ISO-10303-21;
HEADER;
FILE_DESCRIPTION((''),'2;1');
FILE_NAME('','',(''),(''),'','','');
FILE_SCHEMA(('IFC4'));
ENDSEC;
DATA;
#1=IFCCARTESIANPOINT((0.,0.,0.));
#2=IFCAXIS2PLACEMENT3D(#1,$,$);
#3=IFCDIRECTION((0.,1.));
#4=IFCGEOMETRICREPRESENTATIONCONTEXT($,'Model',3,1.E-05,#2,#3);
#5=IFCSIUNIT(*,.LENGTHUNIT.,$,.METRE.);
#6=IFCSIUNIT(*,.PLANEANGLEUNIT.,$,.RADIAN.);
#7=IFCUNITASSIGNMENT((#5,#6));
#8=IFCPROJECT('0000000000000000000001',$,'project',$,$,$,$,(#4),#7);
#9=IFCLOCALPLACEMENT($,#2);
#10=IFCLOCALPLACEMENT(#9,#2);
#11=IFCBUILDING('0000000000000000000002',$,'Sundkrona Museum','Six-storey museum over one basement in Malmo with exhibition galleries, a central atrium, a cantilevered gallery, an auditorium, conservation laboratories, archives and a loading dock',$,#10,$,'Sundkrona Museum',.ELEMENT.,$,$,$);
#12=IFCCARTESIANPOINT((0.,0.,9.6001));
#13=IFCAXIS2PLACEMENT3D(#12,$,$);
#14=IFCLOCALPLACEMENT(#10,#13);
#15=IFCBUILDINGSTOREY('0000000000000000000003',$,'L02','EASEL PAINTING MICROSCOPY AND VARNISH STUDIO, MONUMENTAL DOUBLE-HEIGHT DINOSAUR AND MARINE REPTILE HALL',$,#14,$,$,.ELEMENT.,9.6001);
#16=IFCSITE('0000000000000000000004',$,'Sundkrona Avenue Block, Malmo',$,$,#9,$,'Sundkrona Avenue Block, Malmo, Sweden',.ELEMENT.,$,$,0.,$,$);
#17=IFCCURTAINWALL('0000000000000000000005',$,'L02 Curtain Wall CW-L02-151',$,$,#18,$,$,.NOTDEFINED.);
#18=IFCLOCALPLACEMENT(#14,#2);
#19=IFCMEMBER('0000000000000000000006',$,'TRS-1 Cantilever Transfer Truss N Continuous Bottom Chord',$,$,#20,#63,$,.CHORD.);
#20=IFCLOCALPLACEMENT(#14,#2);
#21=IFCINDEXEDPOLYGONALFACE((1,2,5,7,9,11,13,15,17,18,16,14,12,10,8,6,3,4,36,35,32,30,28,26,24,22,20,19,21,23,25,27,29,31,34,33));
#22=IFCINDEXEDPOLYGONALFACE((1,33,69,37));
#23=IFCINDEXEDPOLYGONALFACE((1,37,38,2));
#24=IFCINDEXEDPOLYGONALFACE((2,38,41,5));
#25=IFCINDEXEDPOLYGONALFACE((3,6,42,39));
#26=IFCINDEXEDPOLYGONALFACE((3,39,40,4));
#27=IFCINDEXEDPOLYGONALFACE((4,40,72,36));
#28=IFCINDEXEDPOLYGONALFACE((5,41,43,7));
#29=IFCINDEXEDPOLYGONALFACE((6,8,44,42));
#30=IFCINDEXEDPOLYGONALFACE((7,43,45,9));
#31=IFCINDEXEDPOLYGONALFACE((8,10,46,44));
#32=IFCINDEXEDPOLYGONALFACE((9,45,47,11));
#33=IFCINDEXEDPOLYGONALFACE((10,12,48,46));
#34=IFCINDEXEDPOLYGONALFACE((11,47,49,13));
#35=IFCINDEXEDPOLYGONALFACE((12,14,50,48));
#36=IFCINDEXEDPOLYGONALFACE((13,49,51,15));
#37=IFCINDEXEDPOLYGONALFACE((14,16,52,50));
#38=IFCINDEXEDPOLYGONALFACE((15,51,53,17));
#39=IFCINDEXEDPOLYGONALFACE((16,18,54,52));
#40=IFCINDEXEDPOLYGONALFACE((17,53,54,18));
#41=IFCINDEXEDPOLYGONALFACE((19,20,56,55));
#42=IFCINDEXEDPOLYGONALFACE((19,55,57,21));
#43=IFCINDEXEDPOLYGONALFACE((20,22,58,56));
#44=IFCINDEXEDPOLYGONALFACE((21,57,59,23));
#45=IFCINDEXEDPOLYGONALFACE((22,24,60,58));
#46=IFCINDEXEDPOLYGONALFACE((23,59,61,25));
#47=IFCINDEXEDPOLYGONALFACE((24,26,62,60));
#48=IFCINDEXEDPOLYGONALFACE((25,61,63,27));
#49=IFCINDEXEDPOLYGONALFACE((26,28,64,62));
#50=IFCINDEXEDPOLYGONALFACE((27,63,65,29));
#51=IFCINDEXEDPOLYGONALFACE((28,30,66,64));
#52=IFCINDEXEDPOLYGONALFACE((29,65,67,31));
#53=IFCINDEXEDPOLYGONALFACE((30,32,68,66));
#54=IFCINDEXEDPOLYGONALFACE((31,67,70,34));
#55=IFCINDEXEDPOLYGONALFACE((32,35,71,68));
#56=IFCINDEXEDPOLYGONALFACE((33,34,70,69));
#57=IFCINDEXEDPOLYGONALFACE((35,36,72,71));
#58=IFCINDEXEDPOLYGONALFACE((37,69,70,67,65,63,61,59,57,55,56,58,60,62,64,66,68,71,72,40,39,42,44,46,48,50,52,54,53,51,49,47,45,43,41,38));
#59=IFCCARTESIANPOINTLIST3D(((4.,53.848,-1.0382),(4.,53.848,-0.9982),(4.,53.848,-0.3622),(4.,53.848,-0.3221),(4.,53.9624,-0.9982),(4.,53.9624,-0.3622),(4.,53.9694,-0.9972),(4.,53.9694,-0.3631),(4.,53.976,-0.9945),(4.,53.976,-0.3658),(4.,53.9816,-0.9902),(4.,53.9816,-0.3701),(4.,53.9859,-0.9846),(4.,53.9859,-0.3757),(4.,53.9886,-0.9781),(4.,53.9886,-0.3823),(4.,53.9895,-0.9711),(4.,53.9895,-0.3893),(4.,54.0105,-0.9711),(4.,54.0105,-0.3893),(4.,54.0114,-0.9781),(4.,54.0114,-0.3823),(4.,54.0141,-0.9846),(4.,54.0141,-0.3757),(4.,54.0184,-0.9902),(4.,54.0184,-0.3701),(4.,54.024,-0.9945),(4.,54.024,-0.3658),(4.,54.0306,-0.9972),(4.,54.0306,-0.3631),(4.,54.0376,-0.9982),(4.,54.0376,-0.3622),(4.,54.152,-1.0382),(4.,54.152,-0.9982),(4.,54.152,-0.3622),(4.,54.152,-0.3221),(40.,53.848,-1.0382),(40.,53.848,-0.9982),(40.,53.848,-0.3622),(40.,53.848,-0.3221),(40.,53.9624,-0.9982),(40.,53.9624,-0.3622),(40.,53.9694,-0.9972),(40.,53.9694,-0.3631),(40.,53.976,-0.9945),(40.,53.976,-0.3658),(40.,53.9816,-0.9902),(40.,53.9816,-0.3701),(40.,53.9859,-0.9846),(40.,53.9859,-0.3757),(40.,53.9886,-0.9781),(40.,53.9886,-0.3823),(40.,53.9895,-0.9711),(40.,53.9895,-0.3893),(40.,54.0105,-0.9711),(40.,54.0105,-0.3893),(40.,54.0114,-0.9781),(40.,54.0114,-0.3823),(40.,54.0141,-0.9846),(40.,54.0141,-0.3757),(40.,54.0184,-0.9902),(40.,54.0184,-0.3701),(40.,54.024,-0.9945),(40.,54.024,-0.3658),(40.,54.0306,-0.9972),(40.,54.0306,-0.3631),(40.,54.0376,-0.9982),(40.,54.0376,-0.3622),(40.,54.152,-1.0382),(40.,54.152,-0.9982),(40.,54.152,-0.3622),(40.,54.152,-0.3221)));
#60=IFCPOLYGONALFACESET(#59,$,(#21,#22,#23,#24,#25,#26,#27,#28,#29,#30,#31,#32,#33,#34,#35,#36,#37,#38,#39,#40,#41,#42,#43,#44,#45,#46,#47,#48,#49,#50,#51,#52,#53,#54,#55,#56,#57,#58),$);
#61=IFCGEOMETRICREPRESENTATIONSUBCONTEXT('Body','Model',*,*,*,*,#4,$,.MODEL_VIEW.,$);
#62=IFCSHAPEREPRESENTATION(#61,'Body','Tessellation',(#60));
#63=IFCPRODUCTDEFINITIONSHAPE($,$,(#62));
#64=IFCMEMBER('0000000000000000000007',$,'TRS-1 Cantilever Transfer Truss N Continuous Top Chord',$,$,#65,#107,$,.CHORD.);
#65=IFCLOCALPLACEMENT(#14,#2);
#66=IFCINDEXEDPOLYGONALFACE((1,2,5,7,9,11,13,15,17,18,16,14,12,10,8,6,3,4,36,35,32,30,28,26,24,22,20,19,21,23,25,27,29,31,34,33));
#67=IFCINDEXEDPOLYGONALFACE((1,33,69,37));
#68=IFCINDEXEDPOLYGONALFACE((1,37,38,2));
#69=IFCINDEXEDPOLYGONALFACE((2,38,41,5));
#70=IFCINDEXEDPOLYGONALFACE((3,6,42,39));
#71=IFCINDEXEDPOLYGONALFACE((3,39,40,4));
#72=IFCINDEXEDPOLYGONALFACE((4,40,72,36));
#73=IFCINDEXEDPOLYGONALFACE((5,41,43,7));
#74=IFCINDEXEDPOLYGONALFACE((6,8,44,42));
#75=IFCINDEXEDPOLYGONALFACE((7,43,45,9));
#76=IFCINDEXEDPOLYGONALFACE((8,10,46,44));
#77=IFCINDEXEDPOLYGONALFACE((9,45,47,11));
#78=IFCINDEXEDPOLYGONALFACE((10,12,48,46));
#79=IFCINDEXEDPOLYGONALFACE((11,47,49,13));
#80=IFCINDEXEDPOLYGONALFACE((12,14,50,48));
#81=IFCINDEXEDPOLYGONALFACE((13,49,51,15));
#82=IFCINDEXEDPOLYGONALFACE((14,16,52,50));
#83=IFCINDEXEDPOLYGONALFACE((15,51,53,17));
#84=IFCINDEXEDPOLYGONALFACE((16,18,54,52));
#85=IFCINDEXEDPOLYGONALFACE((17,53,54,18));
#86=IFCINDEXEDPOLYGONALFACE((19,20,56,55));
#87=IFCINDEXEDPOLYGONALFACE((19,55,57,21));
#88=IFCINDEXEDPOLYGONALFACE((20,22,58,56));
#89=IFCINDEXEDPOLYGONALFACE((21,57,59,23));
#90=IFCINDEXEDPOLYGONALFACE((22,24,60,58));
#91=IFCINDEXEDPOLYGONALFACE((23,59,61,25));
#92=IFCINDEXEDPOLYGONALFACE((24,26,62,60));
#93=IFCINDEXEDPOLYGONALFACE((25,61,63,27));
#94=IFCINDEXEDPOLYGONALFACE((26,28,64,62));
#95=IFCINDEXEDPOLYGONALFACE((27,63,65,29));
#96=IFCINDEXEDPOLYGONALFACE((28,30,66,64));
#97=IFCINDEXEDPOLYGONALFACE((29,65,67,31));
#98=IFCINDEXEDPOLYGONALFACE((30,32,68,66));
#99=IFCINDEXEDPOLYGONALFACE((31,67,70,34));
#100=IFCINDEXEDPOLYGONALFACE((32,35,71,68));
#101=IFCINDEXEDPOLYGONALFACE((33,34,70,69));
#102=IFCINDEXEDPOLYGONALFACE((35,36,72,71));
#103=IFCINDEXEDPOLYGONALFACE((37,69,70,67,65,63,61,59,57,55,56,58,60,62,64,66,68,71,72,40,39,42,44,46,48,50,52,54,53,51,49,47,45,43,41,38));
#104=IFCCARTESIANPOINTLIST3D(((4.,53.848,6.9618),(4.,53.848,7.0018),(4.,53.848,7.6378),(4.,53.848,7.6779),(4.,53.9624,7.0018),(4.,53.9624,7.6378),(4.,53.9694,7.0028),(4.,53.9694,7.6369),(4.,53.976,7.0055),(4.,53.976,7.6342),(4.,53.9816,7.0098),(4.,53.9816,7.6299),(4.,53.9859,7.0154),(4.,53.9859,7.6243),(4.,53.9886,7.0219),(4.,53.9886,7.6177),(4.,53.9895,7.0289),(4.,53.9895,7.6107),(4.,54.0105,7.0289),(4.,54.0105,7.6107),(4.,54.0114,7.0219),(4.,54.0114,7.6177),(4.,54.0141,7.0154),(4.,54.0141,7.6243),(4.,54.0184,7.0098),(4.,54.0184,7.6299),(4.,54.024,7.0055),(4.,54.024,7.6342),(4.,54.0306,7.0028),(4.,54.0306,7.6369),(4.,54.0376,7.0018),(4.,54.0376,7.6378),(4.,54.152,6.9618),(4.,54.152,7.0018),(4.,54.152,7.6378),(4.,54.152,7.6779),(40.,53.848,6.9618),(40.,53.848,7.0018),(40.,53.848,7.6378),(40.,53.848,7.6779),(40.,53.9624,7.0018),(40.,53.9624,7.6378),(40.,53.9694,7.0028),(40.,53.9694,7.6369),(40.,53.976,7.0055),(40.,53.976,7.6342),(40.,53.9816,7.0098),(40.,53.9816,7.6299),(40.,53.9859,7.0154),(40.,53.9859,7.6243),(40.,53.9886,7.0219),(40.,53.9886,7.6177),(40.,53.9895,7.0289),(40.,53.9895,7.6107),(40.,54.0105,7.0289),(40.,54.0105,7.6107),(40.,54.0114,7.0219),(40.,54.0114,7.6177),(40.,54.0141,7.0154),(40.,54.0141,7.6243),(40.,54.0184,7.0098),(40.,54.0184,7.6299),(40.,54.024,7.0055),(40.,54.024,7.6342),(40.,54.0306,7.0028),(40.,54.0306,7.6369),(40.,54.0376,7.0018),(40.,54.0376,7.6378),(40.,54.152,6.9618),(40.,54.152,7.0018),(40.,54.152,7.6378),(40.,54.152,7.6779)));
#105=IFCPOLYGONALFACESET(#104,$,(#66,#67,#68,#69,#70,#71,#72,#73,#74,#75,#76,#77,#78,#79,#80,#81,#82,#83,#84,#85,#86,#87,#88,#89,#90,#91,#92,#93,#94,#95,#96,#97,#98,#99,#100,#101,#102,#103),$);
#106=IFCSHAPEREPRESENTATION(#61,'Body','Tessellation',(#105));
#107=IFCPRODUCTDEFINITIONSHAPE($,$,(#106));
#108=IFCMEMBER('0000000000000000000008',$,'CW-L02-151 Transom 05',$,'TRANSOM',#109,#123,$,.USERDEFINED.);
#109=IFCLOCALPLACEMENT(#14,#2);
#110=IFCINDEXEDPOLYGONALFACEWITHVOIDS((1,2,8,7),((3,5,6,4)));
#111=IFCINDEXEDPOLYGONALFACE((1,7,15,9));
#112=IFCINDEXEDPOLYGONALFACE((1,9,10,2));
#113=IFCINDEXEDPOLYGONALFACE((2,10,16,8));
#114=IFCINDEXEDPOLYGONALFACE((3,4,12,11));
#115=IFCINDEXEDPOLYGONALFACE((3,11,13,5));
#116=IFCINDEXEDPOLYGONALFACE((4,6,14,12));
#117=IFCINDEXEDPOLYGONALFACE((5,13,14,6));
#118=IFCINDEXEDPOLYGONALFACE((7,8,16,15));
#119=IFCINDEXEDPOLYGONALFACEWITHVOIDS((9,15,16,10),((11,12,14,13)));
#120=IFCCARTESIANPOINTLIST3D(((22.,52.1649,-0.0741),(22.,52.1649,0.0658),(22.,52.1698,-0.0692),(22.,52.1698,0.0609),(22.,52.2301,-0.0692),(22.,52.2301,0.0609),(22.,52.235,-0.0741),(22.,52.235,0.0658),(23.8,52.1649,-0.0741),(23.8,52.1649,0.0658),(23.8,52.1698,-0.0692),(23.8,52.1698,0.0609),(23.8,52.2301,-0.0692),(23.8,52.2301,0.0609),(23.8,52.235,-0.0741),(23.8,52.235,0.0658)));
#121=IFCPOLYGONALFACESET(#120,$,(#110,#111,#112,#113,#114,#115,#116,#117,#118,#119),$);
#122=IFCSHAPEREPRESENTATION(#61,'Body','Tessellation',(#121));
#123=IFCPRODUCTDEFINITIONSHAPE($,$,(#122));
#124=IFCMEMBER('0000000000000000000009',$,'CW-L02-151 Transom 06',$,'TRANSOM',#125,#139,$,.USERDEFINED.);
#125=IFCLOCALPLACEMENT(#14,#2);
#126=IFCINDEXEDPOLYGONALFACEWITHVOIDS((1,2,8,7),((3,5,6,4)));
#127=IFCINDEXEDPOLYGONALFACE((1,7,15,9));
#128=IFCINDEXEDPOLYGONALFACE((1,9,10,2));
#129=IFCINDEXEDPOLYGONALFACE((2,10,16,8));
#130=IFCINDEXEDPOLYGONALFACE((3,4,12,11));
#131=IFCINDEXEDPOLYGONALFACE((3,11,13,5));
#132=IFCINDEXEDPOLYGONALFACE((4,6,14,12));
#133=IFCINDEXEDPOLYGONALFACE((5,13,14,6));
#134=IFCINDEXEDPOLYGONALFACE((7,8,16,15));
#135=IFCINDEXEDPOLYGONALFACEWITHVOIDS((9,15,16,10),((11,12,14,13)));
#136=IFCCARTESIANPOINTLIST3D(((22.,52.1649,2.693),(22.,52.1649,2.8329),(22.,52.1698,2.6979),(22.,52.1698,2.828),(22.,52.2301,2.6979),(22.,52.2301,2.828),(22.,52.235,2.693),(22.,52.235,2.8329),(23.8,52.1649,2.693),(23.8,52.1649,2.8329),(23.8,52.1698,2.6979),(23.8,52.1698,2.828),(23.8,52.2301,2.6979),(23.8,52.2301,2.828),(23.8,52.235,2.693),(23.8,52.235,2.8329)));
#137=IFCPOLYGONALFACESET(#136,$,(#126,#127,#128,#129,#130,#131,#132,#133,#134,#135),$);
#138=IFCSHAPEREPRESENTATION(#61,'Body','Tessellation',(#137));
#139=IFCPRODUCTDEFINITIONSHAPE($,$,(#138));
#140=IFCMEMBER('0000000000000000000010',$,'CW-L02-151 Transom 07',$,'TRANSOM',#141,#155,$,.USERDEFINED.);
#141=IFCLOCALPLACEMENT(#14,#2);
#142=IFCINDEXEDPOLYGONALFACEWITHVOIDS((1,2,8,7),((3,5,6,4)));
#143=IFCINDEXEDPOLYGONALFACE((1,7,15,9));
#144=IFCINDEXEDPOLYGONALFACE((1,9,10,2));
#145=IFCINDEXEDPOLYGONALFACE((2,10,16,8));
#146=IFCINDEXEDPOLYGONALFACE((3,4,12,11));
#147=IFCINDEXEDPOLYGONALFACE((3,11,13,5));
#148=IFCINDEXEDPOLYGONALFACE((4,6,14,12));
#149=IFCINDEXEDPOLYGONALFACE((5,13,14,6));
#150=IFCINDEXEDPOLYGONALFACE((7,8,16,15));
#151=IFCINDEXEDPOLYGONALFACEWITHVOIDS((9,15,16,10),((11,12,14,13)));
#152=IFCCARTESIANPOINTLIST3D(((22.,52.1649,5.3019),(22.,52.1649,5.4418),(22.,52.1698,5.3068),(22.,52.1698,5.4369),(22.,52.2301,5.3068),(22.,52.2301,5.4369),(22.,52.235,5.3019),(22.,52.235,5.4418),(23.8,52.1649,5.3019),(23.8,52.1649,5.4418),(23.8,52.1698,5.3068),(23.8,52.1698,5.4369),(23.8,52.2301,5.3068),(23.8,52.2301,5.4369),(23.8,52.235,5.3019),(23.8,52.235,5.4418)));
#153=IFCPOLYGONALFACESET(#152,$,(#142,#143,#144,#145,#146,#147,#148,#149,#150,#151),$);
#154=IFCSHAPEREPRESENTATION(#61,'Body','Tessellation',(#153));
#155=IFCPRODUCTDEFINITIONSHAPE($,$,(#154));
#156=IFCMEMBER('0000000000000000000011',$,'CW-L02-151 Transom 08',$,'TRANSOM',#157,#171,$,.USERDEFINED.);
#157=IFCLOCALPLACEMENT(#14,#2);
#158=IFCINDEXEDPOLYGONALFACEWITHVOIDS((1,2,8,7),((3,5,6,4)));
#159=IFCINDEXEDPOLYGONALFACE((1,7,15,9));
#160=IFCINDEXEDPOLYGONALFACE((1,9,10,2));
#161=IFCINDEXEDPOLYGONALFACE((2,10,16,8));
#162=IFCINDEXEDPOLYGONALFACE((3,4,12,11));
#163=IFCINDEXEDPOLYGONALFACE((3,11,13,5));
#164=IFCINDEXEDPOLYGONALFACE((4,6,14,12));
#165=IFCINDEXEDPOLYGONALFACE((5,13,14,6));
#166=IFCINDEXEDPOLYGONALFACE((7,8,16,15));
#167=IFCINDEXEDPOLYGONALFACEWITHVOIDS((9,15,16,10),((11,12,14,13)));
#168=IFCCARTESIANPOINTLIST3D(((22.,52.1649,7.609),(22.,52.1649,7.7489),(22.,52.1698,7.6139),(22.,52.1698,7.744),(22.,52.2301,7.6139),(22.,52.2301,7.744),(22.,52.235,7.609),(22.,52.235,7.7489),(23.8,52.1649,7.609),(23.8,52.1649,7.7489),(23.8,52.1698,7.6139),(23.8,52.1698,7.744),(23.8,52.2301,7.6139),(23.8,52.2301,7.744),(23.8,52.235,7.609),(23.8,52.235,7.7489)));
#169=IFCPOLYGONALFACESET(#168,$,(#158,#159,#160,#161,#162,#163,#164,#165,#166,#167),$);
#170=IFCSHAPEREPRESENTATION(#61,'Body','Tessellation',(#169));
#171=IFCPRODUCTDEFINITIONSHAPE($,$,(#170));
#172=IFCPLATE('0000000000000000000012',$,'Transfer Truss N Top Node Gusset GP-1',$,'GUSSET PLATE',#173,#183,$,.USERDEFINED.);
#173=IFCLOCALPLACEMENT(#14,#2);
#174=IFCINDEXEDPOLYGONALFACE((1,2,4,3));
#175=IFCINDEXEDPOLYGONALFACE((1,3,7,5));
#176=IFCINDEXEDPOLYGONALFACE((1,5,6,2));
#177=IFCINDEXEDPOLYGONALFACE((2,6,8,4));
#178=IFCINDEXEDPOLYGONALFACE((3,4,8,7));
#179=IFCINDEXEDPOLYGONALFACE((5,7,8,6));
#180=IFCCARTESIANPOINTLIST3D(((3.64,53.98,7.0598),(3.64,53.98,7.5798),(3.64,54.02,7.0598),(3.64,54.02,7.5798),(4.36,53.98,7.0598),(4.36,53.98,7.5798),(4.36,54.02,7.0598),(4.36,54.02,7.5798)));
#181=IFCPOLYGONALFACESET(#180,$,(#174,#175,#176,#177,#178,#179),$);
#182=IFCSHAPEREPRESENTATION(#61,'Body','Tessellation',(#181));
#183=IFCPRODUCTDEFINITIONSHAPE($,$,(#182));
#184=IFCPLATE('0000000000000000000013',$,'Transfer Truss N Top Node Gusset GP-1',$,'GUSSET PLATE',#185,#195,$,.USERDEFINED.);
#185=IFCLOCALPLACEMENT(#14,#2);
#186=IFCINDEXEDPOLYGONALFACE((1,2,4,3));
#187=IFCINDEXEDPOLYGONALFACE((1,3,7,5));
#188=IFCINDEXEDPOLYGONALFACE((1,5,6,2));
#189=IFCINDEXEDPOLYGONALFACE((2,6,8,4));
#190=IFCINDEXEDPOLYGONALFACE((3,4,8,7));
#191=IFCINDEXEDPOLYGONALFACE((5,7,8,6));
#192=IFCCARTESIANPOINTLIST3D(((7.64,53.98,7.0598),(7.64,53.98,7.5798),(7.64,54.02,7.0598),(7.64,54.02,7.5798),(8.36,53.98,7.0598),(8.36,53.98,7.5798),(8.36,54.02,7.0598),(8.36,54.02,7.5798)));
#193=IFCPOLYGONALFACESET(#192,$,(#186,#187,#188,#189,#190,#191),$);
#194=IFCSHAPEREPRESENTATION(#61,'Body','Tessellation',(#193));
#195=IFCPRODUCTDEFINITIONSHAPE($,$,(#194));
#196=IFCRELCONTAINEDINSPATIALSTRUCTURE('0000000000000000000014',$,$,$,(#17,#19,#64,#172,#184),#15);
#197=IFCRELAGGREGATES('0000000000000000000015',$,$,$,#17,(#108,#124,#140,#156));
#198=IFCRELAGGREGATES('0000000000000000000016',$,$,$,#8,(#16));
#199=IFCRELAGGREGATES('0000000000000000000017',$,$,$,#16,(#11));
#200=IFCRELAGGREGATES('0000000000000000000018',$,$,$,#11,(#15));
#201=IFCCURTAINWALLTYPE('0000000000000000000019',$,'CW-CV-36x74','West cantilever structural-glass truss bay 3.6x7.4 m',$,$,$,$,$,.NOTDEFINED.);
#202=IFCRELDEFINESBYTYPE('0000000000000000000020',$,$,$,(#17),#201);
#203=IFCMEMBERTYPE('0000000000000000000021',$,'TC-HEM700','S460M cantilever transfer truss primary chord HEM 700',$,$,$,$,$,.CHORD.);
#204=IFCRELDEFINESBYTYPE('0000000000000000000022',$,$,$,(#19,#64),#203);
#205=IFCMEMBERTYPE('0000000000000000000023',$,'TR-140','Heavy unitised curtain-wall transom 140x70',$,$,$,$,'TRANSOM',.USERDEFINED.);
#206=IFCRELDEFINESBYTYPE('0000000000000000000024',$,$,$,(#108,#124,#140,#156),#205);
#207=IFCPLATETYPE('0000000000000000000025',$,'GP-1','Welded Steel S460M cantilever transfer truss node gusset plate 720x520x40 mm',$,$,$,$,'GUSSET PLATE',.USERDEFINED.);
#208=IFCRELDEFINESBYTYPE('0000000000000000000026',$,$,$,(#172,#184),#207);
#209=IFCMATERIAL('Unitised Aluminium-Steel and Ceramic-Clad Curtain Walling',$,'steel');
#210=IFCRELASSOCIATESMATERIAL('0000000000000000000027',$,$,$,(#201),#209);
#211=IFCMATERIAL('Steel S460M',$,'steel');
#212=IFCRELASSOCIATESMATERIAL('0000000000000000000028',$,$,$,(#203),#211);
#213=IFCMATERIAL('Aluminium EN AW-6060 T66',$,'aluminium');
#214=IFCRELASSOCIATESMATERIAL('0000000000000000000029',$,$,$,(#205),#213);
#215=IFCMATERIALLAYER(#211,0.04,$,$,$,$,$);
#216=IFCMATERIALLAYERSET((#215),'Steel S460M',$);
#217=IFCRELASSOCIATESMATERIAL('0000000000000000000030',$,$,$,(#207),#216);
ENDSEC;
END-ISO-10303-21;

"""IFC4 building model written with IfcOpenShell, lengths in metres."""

from ifc_helpers import new_model, si_unit, direction, frame, origin, origin_2d, place, context, subcontext, project, spatial, rectangle, hollow_rectangle, i_section, extrude, material, layer, layer_set, material_profile, profile_set, type_object, element, aggregate, save


model = new_model("IFC4")

# Units and contexts
model_context = context("Model", 3, precision=1e-05, world=origin(), true_north=direction((0.0, 1.0)))
body_context = subcontext(model_context, "Body", "Model", "MODEL_VIEW")
ifc_project = project(units=[si_unit("LENGTHUNIT", "METRE"), si_unit("PLANEANGLEUNIT", "RADIAN")], contexts=[model_context])

# Site, building, storey
site_placement = place(None, origin())
site = spatial("IfcSite", under=ifc_project, at=site_placement, Name="Sundkrona Avenue Block, Malmo", LongName="Sundkrona Avenue Block, Malmo, Sweden", CompositionType="ELEMENT", RefElevation=0.0)
building_placement = place(site_placement, origin())
building = spatial("IfcBuilding", under=site, at=building_placement, Name="Sundkrona Museum", Description="Six-storey museum over one basement in Malmo with exhibition galleries, a central atrium, a cantilevered gallery, an auditorium, conservation laboratories, archives and a loading dock", LongName="Sundkrona Museum", CompositionType="ELEMENT")
storey_placement = place(building_placement, frame((0.0, 0.0, 9.6001)))
storey = spatial("IfcBuildingStorey", under=building, at=storey_placement, Name="L02", Description="EASEL PAINTING MICROSCOPY AND VARNISH STUDIO, MONUMENTAL DOUBLE-HEIGHT DINOSAUR AND MARINE REPTILE HALL", CompositionType="ELEMENT", Elevation=9.6001)

# Curtain wall
ifc_material_1 = material(Name="Unitised Aluminium-Steel and Ceramic-Clad Curtain Walling", Category="steel")
curtain_wall_type = type_object("IfcCurtainWallType", Name="CW-CV-36x74", Description="West cantilever structural-glass truss bay 3.6x7.4 m", PredefinedType="NOTDEFINED", material=ifc_material_1)
curtain_wall_placement = place(storey_placement, origin())
curtain_wall = element("IfcCurtainWall", 1, at=curtain_wall_placement, inside=storey, type_object=curtain_wall_type, Name="L02 Curtain Wall CW-L02-151", PredefinedType="NOTDEFINED")
ifc_material_2 = material(Name="Aluminium EN AW-6060 T66", Category="aluminium")

# Members
ifc_material_3 = material(Name="Steel S460M", Category="steel")
ifc_material_profile_1 = material_profile(ifc_material_3, i_section(OverallWidth=0.304, OverallDepth=0.7161, WebThickness=0.021, FlangeThickness=0.04, FilletRadius=0.0271, at=origin_2d()), Name="HEM 700")
ifc_profile_set_1 = profile_set([ifc_material_profile_1], Name="Steel S460M")
member_type_1 = type_object("IfcMemberType", Name="TC-HEM700", Description="S460M cantilever transfer truss primary chord HEM 700", PredefinedType="CHORD", material=ifc_profile_set_1)
for number, where, z_axis, x_axis, name in (
    (2, (4.0, 54.0, -0.6802), (1.0, 0.0, 0.0), (0.0, 1.0, 0.0), "TRS-1 Cantilever Transfer Truss N Continuous Bottom Chord"),
    (3, (4.0, 54.0, 7.3198), (1.0, 0.0, 0.0), (0.0, 1.0, 0.0), "TRS-1 Cantilever Transfer Truss N Continuous Top Chord"),
):
    element("IfcMember", number, at=place(storey_placement, frame(where, z_axis=z_axis, x_axis=x_axis)), inside=storey, type_object=member_type_1, Name=name, PredefinedType="CHORD", context=body_context, shape_type="SweptSolid", body=[
        extrude(i_section(OverallWidth=0.304, OverallDepth=0.7161, WebThickness=0.021, FlangeThickness=0.04, FilletRadius=0.0271, at=origin_2d()), origin(), (0.0, 0.0, 1.0), 36.0),
    ])

# Members
ifc_material_profile_2 = material_profile(ifc_material_2, hollow_rectangle(XDim=0.0701, YDim=0.1399, WallThickness=0.0049, at=origin_2d()), Name="RHS 140x70x5.0")
ifc_profile_set_2 = profile_set([ifc_material_profile_2], Name="Aluminium EN AW-6060 T66")
member_type_2 = type_object("IfcMemberType", Name="TR-140", Description="Heavy unitised curtain-wall transom 140x70", ElementType="TRANSOM", PredefinedType="USERDEFINED", material=ifc_profile_set_2)
member_1_placement = place(storey_placement, frame((22.0, 52.2, -0.0042), z_axis=(1.0, 0.0, 0.0), x_axis=(0.0, 1.0, 0.0)))
member_1 = element("IfcMember", 4, at=member_1_placement, type_object=member_type_2, Name="CW-L02-151 Transom 05", ObjectType="TRANSOM", PredefinedType="USERDEFINED", context=body_context, shape_type="SweptSolid", body=[
    extrude(hollow_rectangle(XDim=0.0701, YDim=0.1399, WallThickness=0.0049, at=origin_2d()), origin(), (0.0, 0.0, 1.0), 1.8),
])
member_2_placement = place(storey_placement, frame((22.0, 52.2, 2.7629), z_axis=(1.0, 0.0, 0.0), x_axis=(0.0, 1.0, 0.0)))
member_2 = element("IfcMember", 5, at=member_2_placement, type_object=member_type_2, Name="CW-L02-151 Transom 06", ObjectType="TRANSOM", PredefinedType="USERDEFINED", context=body_context, shape_type="SweptSolid", body=[
    extrude(hollow_rectangle(XDim=0.0701, YDim=0.1399, WallThickness=0.0049, at=origin_2d()), origin(), (0.0, 0.0, 1.0), 1.8),
])
member_3_placement = place(storey_placement, frame((22.0, 52.2, 5.3718), z_axis=(1.0, 0.0, 0.0), x_axis=(0.0, 1.0, 0.0)))
member_3 = element("IfcMember", 6, at=member_3_placement, type_object=member_type_2, Name="CW-L02-151 Transom 07", ObjectType="TRANSOM", PredefinedType="USERDEFINED", context=body_context, shape_type="SweptSolid", body=[
    extrude(hollow_rectangle(XDim=0.0701, YDim=0.1399, WallThickness=0.0049, at=origin_2d()), origin(), (0.0, 0.0, 1.0), 1.8),
])
member_4_placement = place(storey_placement, frame((22.0, 52.2, 7.679), z_axis=(1.0, 0.0, 0.0), x_axis=(0.0, 1.0, 0.0)))
member_4 = element("IfcMember", 7, at=member_4_placement, type_object=member_type_2, Name="CW-L02-151 Transom 08", ObjectType="TRANSOM", PredefinedType="USERDEFINED", context=body_context, shape_type="SweptSolid", body=[
    extrude(hollow_rectangle(XDim=0.0701, YDim=0.1399, WallThickness=0.0049, at=origin_2d()), origin(), (0.0, 0.0, 1.0), 1.8),
])

# Plates
ifc_layer_1 = layer(ifc_material_3, 0.04)
ifc_layer_set_1 = layer_set([ifc_layer_1], Name="Steel S460M")
plate_type_1 = type_object("IfcPlateType", Name="GP-1", Description="Welded Steel S460M cantilever transfer truss node gusset plate 720x520x40 mm", ElementType="GUSSET PLATE", PredefinedType="USERDEFINED", material=ifc_layer_set_1)
for number, where, z_axis, x_axis, name in (
    (8, (4.0, 54.0, 7.0598), (0.0, 0.0, 1.0), (1.0, 0.0, 0.0), "Transfer Truss N Top Node Gusset GP-1"),
    (9, (8.0, 54.0, 7.0598), (0.0, 0.0, 1.0), (1.0, 0.0, 0.0), "Transfer Truss N Top Node Gusset GP-1"),
):
    element("IfcPlate", number, at=place(storey_placement, frame(where, z_axis=z_axis, x_axis=x_axis)), inside=storey, type_object=plate_type_1, Name=name, ObjectType="GUSSET PLATE", PredefinedType="USERDEFINED", context=body_context, shape_type="SweptSolid", body=[
        extrude(rectangle(XDim=0.72, YDim=0.04, at=origin_2d()), origin(), (0.0, 0.0, 1.0), 0.52),
    ])

aggregate(curtain_wall, [member_1, member_2, member_3, member_4])

save(model, "model.ifc")
